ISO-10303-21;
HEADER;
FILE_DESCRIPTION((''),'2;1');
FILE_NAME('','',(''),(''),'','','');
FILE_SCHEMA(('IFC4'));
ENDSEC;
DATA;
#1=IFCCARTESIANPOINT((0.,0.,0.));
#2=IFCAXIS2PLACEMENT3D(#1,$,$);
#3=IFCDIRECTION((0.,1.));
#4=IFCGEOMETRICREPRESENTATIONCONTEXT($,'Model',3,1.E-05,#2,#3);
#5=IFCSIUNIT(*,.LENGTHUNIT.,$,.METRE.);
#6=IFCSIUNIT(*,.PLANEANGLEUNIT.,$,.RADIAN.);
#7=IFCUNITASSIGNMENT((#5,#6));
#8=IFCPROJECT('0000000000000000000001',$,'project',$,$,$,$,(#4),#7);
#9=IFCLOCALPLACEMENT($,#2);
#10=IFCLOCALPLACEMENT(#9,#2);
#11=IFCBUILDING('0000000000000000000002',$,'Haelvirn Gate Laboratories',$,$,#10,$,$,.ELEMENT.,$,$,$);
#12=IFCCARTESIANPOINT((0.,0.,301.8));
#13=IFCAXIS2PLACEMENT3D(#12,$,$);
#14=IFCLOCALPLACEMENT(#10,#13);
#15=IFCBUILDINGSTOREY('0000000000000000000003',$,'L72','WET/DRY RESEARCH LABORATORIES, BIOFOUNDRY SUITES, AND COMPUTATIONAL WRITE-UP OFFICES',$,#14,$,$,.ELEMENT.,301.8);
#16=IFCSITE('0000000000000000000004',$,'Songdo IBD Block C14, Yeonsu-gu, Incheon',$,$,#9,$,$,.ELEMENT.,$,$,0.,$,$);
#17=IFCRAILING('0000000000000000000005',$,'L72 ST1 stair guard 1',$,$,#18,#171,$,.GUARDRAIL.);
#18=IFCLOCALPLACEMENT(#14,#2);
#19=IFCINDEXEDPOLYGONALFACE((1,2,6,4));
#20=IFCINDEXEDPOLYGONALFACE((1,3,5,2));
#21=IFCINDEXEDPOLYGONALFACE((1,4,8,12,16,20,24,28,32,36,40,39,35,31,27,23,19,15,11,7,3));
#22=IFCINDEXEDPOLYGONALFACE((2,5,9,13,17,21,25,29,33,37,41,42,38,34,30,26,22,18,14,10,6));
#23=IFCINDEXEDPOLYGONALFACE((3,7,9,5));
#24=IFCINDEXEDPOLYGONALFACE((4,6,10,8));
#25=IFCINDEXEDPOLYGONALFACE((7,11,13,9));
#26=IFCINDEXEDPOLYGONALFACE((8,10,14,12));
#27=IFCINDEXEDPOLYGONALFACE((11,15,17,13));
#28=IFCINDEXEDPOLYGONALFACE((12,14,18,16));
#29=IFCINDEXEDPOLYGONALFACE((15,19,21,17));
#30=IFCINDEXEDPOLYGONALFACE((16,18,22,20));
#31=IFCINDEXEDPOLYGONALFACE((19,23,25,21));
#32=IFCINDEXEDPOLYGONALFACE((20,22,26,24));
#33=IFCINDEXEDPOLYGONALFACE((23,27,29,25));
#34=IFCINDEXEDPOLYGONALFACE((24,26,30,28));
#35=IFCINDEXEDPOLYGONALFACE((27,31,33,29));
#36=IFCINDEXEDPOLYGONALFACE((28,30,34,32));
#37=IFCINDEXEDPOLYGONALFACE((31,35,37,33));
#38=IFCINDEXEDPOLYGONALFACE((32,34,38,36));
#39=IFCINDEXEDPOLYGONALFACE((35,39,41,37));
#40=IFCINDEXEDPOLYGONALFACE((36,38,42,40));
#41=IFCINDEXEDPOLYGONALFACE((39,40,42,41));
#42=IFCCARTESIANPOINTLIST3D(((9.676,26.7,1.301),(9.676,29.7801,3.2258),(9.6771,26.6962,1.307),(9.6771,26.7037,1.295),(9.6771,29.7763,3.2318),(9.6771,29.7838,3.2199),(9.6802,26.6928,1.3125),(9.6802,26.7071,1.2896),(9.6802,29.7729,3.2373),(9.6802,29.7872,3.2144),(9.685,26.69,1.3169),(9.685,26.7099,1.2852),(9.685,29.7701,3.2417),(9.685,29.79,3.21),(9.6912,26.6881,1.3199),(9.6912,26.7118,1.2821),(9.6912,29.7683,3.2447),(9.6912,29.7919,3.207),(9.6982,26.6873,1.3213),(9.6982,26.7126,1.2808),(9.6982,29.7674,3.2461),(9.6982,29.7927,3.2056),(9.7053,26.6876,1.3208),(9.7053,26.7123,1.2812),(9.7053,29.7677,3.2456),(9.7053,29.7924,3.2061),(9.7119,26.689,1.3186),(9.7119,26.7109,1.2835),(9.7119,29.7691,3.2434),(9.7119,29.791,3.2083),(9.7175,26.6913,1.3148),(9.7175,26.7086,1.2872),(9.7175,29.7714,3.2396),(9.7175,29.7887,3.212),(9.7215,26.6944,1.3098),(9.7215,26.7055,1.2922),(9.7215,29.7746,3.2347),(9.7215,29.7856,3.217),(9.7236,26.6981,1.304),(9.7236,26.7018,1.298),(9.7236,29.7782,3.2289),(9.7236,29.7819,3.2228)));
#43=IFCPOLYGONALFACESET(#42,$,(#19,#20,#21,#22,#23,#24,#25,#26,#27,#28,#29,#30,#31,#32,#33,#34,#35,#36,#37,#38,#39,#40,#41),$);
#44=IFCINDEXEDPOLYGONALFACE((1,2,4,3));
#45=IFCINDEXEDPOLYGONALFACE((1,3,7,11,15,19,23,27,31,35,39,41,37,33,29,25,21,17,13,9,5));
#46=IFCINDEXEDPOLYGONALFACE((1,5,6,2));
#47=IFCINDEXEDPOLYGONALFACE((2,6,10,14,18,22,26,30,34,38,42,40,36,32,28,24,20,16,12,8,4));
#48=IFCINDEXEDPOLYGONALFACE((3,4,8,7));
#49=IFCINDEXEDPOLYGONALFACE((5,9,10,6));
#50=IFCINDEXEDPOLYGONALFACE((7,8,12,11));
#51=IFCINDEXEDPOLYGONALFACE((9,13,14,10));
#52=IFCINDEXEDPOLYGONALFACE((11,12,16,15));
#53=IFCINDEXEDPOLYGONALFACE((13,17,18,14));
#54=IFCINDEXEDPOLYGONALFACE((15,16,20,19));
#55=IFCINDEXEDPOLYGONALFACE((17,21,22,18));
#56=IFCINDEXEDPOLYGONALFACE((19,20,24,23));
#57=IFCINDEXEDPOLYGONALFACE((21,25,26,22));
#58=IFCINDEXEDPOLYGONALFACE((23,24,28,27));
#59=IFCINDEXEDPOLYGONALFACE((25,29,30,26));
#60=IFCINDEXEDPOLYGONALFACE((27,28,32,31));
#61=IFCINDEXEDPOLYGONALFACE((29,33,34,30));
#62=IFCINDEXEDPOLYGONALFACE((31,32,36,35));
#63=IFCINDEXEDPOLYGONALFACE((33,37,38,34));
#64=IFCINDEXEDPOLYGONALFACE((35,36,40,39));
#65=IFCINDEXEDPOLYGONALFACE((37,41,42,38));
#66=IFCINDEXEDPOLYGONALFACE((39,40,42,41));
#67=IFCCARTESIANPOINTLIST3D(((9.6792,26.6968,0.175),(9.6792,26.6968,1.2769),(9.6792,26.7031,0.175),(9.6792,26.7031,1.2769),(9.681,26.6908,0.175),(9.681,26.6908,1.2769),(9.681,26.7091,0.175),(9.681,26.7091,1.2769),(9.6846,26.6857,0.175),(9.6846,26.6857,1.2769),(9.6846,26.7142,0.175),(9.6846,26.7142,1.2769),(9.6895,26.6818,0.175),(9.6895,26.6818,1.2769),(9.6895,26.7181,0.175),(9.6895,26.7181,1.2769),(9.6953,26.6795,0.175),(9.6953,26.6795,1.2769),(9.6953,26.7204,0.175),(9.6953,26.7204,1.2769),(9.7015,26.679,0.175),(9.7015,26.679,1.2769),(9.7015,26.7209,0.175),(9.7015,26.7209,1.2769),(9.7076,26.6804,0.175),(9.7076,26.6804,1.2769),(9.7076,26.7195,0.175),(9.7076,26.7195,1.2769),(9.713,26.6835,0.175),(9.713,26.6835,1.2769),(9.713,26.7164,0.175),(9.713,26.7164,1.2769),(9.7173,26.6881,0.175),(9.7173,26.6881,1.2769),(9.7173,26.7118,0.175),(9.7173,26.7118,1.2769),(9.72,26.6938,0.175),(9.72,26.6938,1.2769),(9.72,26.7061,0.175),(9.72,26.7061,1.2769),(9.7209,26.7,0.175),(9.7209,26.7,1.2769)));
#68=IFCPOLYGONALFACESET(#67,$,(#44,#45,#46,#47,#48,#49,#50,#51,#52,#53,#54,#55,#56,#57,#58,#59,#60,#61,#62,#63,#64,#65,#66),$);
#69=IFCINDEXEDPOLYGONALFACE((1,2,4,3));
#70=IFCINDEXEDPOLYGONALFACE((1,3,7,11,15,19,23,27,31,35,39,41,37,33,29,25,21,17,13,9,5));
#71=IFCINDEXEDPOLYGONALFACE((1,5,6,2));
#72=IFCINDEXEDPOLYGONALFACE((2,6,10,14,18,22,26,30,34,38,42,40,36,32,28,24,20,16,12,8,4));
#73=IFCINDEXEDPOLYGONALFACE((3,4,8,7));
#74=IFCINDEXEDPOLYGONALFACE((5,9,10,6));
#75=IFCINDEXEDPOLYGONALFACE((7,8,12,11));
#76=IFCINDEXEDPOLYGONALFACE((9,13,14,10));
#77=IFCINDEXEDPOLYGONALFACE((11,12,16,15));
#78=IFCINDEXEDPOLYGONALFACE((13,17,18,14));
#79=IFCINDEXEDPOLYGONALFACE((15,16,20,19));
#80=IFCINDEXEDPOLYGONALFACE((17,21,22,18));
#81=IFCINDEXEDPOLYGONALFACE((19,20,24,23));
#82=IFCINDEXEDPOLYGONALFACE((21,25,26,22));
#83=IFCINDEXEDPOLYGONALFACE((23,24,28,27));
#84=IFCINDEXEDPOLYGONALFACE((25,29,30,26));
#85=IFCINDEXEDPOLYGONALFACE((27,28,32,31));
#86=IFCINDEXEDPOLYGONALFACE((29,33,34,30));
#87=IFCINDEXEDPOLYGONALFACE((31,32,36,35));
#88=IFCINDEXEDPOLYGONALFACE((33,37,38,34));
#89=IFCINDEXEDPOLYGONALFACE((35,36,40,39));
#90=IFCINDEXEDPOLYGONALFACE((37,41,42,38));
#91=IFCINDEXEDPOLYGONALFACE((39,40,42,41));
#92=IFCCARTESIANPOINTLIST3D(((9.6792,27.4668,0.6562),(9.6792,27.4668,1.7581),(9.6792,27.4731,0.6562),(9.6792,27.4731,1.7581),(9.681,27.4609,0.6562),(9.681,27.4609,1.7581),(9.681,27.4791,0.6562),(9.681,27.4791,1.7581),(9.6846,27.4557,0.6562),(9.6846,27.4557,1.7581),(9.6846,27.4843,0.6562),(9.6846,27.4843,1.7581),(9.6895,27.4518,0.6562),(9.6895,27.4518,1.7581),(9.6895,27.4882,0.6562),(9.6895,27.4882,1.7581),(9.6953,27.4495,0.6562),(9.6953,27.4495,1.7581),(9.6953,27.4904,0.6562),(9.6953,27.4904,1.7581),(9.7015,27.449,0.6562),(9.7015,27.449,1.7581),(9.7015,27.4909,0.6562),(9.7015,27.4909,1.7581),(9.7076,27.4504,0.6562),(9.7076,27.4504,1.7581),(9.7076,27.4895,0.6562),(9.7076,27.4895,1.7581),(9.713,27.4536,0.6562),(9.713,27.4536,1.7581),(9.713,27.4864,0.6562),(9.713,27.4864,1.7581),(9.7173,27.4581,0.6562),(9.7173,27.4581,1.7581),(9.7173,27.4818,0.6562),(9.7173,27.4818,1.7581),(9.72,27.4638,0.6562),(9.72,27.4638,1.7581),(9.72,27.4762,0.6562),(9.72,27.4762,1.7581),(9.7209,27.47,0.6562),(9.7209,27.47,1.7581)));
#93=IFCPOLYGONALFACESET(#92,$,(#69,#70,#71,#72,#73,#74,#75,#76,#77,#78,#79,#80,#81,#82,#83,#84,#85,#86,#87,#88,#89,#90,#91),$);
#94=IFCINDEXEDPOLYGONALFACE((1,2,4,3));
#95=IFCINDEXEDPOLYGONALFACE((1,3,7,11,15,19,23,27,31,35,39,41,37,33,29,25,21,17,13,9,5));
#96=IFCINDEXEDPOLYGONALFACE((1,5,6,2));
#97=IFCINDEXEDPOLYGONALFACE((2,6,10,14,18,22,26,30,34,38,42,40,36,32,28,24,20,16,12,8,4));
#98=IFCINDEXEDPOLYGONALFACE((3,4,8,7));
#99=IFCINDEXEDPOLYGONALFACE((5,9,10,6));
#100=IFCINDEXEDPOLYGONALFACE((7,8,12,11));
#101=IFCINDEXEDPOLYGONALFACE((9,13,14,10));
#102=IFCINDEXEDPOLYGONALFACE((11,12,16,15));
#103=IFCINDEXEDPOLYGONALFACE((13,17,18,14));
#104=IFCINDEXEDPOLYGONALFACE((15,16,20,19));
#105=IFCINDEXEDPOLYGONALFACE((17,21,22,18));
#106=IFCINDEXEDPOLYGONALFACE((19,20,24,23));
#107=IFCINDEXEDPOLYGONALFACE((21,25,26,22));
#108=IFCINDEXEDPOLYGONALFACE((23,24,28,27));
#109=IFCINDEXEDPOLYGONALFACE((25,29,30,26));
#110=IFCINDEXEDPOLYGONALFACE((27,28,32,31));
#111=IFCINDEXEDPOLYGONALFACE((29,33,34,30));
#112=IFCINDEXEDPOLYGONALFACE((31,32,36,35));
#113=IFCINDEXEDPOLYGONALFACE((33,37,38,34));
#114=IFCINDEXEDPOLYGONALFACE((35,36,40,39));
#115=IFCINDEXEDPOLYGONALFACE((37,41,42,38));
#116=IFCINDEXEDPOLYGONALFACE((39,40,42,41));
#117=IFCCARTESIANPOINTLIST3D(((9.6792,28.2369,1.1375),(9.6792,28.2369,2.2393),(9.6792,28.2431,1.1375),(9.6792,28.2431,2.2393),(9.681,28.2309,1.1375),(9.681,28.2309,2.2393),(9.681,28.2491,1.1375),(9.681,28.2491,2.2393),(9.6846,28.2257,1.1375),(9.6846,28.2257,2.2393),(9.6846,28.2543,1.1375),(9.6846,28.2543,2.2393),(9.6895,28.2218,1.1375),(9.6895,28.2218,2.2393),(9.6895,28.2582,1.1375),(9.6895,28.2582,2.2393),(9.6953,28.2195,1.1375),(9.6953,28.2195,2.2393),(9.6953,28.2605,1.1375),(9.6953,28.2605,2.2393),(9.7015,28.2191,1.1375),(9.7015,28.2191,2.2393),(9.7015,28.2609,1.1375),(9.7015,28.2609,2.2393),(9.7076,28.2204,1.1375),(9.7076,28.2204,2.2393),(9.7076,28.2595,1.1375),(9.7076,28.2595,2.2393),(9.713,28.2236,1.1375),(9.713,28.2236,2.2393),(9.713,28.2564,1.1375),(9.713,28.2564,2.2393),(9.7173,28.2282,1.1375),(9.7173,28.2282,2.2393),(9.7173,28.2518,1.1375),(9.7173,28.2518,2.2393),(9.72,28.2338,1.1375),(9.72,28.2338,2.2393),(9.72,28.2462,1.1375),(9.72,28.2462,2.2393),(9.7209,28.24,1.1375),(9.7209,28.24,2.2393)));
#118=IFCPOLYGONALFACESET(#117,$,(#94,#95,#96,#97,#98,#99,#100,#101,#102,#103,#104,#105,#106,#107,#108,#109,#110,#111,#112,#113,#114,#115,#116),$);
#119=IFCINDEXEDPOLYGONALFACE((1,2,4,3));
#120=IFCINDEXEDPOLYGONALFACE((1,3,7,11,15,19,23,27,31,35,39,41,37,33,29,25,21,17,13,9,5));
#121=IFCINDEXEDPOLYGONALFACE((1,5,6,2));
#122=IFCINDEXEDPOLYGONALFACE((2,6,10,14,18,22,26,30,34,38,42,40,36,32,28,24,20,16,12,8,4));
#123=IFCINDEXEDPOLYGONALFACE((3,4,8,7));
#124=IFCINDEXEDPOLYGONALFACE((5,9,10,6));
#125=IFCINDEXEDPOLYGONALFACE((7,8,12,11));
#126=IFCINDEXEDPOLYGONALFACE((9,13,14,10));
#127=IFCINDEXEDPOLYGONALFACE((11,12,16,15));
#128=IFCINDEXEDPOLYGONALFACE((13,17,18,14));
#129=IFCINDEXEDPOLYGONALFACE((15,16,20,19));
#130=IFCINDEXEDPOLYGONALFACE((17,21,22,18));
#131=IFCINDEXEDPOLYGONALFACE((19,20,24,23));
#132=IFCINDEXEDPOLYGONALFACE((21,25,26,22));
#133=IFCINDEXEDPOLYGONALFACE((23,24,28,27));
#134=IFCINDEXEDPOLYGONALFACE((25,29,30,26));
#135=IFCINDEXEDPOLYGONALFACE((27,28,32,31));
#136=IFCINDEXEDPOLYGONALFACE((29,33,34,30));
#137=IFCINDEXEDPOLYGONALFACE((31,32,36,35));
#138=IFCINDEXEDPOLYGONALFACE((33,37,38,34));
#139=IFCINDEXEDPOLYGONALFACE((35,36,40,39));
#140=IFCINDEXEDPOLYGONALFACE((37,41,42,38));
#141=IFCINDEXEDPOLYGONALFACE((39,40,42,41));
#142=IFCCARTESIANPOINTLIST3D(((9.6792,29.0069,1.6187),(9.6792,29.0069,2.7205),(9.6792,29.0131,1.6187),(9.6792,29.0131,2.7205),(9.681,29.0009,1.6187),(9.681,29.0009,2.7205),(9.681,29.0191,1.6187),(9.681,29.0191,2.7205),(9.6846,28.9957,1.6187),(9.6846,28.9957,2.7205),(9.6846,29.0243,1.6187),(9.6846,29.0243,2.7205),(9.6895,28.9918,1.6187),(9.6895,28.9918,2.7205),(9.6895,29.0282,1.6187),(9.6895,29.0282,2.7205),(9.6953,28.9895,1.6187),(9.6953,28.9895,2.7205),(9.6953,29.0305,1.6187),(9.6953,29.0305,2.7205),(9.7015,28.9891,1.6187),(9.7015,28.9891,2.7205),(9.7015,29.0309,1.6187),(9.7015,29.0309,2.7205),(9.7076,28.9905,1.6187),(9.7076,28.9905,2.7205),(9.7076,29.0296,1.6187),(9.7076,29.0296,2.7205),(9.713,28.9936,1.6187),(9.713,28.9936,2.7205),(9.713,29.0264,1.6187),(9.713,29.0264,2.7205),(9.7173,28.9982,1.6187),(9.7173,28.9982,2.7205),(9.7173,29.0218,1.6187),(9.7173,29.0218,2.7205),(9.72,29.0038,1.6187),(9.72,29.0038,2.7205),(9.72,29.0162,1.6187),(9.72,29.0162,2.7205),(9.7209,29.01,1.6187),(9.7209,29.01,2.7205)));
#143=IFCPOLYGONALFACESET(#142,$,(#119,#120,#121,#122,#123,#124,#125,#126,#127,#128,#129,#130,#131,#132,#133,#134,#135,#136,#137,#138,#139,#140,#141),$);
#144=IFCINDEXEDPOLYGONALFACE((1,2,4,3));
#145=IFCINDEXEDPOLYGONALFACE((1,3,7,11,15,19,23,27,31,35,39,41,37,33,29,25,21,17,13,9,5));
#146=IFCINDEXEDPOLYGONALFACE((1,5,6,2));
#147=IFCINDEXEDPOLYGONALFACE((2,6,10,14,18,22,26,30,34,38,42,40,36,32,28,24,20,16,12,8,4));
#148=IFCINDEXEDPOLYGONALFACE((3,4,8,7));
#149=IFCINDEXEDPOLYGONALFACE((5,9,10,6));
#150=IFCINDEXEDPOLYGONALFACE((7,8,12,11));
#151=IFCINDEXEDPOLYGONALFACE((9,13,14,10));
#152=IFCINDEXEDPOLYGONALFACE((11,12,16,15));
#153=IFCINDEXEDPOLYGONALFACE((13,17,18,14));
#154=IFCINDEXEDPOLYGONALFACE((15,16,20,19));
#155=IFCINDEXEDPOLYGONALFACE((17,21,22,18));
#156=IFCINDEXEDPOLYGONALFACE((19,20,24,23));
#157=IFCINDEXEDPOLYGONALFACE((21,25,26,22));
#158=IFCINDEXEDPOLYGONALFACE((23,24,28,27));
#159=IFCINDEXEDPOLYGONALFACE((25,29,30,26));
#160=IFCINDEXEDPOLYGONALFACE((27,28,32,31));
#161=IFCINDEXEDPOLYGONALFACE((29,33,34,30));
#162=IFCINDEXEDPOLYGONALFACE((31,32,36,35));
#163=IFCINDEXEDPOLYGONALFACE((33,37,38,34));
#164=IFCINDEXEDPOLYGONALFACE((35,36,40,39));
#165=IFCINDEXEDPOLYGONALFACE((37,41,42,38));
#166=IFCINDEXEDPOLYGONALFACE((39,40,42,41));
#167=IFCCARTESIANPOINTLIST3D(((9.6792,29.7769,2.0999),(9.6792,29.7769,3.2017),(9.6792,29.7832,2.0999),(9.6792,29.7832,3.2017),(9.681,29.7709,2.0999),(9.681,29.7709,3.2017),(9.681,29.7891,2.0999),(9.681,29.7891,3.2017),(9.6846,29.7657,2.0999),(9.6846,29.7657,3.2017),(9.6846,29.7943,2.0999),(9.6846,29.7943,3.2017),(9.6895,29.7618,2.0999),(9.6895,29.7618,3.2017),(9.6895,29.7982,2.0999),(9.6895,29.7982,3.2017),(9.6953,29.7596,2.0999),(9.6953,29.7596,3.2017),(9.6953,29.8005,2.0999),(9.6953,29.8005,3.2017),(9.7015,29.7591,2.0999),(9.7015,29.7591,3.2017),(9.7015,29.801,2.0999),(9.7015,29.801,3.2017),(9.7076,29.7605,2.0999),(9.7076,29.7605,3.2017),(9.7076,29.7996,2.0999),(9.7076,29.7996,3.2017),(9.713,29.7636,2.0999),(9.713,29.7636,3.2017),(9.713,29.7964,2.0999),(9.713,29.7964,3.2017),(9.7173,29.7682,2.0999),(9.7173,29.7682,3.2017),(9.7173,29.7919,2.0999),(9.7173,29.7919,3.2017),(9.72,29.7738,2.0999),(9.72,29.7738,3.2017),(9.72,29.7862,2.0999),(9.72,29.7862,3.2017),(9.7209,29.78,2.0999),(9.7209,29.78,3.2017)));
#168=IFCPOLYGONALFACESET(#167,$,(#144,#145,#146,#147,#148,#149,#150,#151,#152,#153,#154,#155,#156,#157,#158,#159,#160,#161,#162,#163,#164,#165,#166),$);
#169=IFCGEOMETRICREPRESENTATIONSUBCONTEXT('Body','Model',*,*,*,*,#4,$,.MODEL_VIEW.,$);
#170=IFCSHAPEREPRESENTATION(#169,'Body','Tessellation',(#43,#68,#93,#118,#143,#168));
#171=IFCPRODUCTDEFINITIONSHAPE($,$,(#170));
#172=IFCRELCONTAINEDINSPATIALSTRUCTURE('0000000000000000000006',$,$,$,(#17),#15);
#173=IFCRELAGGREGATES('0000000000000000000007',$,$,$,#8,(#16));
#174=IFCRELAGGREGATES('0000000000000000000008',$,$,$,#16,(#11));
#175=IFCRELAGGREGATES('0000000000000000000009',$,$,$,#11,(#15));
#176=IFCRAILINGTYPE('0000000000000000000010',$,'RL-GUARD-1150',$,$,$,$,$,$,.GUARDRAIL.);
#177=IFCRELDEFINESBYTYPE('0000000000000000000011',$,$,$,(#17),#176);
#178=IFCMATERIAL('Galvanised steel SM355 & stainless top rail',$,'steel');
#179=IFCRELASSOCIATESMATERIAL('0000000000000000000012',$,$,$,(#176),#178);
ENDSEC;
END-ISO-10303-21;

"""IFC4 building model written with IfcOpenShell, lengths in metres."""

from ifc_helpers import new_model, si_unit, direction, frame, origin, origin_2d, place, context, subcontext, project, spatial, circle, extrude, source, transform, mapped, material, type_object, element, save


model = new_model("IFC4")

# Units and contexts
model_context = context("Model", 3, precision=1e-05, world=origin(), true_north=direction((0.0, 1.0)))
body_context = subcontext(model_context, "Body", "Model", "MODEL_VIEW")
ifc_project = project(units=[si_unit("LENGTHUNIT", "METRE"), si_unit("PLANEANGLEUNIT", "RADIAN")], contexts=[model_context])

# Site, building, storey
site_placement = place(None, origin())
site = spatial("IfcSite", under=ifc_project, at=site_placement, Name="Songdo IBD Block C14, Yeonsu-gu, Incheon", CompositionType="ELEMENT", RefElevation=0.0)
building_placement = place(site_placement, origin())
building = spatial("IfcBuilding", under=site, at=building_placement, Name="Haelvirn Gate Laboratories", CompositionType="ELEMENT")
storey_placement = place(building_placement, frame((0.0, 0.0, 301.8)))
storey = spatial("IfcBuildingStorey", under=building, at=storey_placement, Name="L72", Description="WET/DRY RESEARCH LABORATORIES, BIOFOUNDRY SUITES, AND COMPUTATIONAL WRITE-UP OFFICES", CompositionType="ELEMENT", Elevation=301.8)

# Railing
ifc_material_1 = material(Name="Galvanised steel SM355 & stainless top rail", Category="steel")
railing_type_1 = type_object("IfcRailingType", Name="RL-GUARD-1150", PredefinedType="GUARDRAIL", material=ifc_material_1)
shared_shape_1 = source(origin(), body_context, "Body", "SweptSolid", [
    extrude(circle(Radius=0.0239, at=origin_2d()), frame((0.0, 0.0, 1.126), z_axis=(0.0, 0.848029, 0.529951), x_axis=(-1.0, 0.0, 0.0)), (0.0, 0.0, 1.0), 3.6321),
    extrude(circle(Radius=0.021, at=origin_2d()), origin(), (0.0, 0.0, 1.0), 1.1018),
    extrude(circle(Radius=0.021, at=origin_2d()), frame((0.0, 0.77, 0.4812)), (0.0, 0.0, 1.0), 1.1018),
    extrude(circle(Radius=0.021, at=origin_2d()), frame((0.0, 1.54, 0.9624)), (0.0, 0.0, 1.0), 1.1018),
    extrude(circle(Radius=0.021, at=origin_2d()), frame((0.0, 2.3101, 1.4436)), (0.0, 0.0, 1.0), 1.1018),
    extrude(circle(Radius=0.021, at=origin_2d()), frame((0.0, 3.0801, 1.9248)), (0.0, 0.0, 1.0), 1.1018),
])
railing_1_placement = place(storey_placement, frame((9.7, 26.7, 0.175)))
element("IfcRailing", 1, at=railing_1_placement, inside=storey, type_object=railing_type_1, Name="L72 ST1 stair guard 1", PredefinedType="GUARDRAIL", context=body_context, shape_type="MappedRepresentation", body=[
    mapped(shared_shape_1, transform((0.0, 0.0, 0.0), scale=1.0)),
])

save(model, "model.ifc")
